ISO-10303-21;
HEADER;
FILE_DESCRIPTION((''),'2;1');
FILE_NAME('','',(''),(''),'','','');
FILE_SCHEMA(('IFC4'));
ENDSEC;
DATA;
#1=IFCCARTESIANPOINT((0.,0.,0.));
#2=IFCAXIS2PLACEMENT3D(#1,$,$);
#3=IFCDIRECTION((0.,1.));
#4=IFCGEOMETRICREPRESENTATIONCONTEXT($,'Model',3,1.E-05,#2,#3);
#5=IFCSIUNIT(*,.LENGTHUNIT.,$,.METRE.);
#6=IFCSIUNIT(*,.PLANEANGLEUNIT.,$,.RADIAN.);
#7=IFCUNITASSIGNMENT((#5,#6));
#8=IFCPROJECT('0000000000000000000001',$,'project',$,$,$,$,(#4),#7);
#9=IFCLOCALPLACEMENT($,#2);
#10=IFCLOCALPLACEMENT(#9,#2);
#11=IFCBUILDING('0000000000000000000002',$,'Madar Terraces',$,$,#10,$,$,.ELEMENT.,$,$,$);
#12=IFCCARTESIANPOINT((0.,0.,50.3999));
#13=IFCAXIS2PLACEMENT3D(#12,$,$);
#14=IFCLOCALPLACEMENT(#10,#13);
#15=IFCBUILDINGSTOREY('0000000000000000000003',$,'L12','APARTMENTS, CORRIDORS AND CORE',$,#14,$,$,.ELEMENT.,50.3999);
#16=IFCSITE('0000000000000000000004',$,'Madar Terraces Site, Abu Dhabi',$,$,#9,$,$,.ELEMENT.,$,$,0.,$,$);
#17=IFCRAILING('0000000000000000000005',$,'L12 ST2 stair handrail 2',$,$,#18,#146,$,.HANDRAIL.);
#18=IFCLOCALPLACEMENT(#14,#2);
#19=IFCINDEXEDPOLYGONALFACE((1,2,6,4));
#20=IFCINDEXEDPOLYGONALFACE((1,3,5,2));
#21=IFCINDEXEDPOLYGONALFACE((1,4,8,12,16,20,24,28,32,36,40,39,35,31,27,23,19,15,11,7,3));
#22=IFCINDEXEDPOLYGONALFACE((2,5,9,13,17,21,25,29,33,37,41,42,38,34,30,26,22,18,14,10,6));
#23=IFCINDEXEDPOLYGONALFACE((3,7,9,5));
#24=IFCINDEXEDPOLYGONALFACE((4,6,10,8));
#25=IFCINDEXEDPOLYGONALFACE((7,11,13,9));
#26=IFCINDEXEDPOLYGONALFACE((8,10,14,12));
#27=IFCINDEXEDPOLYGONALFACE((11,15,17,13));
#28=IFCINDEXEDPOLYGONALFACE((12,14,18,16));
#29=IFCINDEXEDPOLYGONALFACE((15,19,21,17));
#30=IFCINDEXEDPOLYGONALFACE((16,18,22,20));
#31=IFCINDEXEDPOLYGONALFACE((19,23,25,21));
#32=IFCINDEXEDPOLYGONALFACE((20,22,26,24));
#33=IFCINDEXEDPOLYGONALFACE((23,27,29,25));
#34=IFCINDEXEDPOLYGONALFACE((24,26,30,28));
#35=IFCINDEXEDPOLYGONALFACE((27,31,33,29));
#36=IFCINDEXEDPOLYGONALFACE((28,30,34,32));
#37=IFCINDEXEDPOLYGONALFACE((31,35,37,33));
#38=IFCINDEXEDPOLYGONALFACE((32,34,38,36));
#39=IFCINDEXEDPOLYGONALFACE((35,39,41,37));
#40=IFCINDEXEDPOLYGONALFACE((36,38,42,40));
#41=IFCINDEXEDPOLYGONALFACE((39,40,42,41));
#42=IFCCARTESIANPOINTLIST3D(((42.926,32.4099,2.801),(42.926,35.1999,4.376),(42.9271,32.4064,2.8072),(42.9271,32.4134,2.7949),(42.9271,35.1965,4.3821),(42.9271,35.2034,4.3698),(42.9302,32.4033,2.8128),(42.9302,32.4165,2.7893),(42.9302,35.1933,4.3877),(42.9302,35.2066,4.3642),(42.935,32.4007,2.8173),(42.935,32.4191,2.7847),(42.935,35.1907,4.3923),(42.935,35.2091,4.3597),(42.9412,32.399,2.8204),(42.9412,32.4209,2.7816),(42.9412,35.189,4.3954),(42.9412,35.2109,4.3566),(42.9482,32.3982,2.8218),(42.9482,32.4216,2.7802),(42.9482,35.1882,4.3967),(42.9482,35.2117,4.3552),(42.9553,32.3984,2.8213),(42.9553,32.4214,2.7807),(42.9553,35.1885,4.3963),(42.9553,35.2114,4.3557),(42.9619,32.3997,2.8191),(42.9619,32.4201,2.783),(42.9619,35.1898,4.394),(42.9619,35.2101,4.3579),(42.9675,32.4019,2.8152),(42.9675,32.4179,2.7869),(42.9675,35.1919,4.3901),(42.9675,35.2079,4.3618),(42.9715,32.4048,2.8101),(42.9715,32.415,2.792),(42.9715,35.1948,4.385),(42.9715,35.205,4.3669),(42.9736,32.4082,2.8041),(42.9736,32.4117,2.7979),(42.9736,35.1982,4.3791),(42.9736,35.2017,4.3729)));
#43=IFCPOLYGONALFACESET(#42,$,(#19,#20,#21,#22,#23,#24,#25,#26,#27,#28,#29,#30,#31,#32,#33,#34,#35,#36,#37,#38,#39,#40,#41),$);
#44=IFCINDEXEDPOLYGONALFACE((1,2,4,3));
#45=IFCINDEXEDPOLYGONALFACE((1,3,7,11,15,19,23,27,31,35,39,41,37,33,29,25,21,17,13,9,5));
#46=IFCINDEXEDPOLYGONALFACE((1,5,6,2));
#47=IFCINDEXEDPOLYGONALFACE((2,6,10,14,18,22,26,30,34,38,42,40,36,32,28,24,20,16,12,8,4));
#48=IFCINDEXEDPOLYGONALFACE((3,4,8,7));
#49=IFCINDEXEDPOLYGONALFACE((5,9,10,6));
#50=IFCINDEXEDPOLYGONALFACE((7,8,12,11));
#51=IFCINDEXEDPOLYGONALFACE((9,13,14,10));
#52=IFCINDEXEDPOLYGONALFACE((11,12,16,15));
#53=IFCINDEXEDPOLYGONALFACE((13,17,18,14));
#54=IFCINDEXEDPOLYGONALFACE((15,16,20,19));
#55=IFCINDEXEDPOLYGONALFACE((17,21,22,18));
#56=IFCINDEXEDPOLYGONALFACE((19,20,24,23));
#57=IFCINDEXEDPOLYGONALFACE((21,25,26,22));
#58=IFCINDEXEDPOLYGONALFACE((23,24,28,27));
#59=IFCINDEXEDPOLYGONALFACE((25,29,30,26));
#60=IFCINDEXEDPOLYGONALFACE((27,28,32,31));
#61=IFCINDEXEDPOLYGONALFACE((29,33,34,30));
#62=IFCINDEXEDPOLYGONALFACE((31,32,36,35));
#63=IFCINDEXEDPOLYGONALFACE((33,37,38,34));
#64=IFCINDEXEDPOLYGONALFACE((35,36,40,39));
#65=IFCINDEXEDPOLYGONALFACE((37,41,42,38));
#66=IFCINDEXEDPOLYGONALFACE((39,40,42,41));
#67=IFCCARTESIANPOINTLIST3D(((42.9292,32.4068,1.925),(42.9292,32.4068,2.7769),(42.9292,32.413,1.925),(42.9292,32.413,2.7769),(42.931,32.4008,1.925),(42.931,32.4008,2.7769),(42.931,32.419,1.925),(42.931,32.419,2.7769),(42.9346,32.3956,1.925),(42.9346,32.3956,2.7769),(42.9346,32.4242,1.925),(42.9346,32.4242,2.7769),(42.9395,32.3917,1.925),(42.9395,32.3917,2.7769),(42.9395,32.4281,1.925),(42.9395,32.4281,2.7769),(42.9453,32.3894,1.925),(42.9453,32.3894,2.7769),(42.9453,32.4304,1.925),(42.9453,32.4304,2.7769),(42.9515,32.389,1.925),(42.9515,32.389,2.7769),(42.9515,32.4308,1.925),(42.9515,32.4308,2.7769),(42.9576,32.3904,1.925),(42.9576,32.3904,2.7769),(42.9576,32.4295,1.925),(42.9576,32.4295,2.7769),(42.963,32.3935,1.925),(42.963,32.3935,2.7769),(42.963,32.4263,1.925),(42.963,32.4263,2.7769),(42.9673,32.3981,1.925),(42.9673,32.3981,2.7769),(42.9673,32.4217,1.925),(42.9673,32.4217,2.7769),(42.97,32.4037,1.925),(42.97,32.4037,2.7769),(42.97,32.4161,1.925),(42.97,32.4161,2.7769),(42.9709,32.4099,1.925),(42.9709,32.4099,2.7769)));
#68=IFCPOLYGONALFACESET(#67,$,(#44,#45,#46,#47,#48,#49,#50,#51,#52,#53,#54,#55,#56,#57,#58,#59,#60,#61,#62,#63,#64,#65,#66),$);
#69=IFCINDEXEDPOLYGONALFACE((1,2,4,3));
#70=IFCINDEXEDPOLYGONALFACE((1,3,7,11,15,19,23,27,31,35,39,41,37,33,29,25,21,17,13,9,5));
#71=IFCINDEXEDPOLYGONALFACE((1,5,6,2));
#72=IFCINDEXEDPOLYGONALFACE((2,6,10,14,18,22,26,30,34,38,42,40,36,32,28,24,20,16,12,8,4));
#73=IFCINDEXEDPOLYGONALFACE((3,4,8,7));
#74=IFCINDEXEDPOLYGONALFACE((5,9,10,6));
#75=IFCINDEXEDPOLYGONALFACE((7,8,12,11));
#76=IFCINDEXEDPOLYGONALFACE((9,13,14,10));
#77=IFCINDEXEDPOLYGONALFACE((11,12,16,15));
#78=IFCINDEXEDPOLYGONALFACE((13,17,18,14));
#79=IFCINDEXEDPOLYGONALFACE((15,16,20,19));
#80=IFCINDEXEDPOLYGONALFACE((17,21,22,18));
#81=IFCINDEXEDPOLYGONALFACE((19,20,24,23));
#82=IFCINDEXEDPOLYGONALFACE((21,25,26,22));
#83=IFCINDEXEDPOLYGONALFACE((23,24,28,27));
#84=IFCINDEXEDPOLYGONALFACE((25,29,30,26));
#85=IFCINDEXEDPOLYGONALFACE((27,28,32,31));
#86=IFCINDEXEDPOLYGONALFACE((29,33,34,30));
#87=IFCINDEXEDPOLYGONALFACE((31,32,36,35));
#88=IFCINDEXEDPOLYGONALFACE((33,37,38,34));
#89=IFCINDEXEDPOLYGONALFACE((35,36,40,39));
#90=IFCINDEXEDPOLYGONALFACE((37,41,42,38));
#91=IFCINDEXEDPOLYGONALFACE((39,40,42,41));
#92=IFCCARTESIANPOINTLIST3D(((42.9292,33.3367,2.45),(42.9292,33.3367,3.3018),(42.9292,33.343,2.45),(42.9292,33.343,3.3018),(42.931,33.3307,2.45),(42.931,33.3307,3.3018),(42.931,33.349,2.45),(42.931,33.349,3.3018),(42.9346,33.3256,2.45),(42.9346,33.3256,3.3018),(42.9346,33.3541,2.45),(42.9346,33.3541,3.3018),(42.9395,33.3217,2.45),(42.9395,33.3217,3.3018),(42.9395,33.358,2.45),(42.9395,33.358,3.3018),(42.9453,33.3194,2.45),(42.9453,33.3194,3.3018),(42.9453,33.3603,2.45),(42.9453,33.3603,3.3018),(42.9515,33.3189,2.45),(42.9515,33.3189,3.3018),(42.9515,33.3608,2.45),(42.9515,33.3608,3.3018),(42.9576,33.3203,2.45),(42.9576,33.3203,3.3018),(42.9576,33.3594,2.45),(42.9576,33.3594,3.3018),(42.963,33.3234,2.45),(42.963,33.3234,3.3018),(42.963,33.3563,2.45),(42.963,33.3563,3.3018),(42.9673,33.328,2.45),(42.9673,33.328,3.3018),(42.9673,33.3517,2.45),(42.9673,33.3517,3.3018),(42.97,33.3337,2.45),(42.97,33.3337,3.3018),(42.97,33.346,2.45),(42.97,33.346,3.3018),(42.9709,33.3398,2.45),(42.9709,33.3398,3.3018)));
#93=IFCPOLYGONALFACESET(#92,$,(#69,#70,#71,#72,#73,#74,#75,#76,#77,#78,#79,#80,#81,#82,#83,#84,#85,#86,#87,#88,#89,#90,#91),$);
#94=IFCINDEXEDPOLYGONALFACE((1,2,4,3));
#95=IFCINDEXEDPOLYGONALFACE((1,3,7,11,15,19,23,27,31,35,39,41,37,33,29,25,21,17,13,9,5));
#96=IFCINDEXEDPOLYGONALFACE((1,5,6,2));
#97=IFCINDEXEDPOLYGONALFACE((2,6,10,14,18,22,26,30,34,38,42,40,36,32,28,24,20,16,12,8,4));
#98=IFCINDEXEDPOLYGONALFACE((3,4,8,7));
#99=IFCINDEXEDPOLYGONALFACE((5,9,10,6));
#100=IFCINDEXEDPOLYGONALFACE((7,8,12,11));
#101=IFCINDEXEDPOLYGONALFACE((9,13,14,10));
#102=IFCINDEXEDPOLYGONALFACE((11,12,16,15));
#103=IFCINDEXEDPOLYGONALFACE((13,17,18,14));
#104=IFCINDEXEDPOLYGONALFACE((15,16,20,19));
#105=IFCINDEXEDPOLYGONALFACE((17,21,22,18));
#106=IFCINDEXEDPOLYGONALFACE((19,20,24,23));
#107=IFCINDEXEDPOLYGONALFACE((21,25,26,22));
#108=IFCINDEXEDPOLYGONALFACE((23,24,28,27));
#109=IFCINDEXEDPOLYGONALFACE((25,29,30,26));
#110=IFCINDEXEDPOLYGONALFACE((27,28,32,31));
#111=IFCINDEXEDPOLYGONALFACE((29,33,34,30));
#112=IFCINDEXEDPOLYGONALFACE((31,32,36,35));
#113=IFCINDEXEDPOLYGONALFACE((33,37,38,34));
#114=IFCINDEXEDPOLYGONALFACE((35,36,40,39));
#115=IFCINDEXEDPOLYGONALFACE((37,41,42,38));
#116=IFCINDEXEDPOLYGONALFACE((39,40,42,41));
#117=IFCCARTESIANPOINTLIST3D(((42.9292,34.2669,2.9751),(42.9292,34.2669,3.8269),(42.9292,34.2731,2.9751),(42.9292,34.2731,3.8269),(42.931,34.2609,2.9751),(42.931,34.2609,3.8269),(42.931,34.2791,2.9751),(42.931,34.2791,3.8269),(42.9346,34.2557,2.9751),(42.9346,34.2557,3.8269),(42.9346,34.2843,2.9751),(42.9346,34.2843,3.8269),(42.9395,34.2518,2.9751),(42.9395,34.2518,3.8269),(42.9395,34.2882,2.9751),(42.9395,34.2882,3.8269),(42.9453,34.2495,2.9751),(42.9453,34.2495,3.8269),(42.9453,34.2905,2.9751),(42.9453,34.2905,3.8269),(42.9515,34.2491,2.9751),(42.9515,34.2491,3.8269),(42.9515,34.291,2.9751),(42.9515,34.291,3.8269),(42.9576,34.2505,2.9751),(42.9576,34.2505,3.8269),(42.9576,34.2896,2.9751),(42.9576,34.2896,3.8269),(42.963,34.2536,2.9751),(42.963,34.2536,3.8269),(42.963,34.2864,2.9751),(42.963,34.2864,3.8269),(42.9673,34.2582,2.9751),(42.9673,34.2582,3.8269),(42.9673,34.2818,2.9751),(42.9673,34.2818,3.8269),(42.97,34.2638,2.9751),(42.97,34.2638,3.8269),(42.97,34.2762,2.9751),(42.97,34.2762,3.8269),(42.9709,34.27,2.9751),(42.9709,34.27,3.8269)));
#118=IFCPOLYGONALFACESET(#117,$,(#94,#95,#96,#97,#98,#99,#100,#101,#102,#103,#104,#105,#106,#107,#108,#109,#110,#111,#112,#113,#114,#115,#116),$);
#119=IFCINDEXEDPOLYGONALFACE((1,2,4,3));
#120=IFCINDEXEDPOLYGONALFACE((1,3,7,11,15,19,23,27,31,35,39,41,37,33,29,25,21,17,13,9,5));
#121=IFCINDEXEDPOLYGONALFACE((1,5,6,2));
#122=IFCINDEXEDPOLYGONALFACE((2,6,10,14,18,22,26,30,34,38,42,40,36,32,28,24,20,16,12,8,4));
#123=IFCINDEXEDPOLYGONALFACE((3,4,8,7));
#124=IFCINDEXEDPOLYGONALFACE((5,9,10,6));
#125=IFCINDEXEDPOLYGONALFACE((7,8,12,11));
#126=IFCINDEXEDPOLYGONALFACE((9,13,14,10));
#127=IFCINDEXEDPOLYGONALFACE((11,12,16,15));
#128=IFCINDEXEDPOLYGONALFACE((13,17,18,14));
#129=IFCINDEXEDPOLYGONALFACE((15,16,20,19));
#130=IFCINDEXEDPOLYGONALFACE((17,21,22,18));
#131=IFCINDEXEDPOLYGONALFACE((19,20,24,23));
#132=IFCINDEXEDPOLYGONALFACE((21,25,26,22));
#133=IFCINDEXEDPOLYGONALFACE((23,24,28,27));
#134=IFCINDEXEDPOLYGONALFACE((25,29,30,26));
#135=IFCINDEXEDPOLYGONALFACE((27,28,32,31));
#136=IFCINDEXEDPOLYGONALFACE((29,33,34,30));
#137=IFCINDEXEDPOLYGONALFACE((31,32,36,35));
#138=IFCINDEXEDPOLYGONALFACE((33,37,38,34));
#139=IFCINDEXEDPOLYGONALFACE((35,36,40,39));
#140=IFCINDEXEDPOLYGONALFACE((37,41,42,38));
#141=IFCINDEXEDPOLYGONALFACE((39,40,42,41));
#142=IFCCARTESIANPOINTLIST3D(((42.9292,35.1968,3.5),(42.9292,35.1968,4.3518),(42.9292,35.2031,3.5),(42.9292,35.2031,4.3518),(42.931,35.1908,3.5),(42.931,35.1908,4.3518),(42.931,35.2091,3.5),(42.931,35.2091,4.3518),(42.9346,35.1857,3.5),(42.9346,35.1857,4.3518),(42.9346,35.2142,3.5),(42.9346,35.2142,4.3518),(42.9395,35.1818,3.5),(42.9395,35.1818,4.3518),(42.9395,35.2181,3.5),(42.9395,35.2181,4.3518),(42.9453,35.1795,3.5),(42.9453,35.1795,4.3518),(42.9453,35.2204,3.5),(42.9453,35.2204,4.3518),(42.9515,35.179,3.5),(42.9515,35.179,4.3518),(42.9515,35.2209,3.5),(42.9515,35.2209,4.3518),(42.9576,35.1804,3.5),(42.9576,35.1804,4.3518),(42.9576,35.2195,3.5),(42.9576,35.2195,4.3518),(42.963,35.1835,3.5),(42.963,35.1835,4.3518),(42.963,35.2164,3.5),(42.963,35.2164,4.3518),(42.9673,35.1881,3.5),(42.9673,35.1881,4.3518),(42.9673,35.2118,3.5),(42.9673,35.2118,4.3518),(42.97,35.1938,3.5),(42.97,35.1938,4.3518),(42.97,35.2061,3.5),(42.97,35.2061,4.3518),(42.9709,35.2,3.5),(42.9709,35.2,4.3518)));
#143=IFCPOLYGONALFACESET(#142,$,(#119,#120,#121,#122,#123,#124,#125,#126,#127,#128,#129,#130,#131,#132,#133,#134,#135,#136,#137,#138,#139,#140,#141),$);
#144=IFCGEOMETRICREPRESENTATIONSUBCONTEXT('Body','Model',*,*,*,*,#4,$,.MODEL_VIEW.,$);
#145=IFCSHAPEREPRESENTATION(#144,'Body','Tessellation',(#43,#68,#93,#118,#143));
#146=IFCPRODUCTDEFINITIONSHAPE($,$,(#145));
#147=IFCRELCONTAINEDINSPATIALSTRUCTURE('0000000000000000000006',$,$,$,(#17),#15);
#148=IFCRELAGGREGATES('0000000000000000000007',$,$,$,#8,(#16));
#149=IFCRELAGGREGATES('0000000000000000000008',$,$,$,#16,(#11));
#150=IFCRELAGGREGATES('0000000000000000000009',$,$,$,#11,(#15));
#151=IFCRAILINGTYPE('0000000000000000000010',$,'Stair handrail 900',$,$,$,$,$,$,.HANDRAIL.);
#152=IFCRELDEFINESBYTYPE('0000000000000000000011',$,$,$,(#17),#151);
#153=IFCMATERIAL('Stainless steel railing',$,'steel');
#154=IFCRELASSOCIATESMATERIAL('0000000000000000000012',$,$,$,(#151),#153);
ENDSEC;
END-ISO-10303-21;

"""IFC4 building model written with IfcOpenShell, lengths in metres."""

from ifc_helpers import new_model, si_unit, direction, frame, origin, origin_2d, place, context, subcontext, project, spatial, circle, extrude, material, type_object, element, save


model = new_model("IFC4")

# Units and contexts
model_context = context("Model", 3, precision=1e-05, world=origin(), true_north=direction((0.0, 1.0)))
body_context = subcontext(model_context, "Body", "Model", "MODEL_VIEW")
ifc_project = project(units=[si_unit("LENGTHUNIT", "METRE"), si_unit("PLANEANGLEUNIT", "RADIAN")], contexts=[model_context])

# Site, building, storey
site_placement = place(None, origin())
site = spatial("IfcSite", under=ifc_project, at=site_placement, Name="Madar Terraces Site, Abu Dhabi", CompositionType="ELEMENT", RefElevation=0.0)
building_placement = place(site_placement, origin())
building = spatial("IfcBuilding", under=site, at=building_placement, Name="Madar Terraces", CompositionType="ELEMENT")
storey_placement = place(building_placement, frame((0.0, 0.0, 50.3999)))
storey = spatial("IfcBuildingStorey", under=building, at=storey_placement, Name="L12", Description="APARTMENTS, CORRIDORS AND CORE", CompositionType="ELEMENT", Elevation=50.3999)

# Railing
ifc_material_1 = material(Name="Stainless steel railing", Category="steel")
railing_type_1 = type_object("IfcRailingType", Name="Stair handrail 900", PredefinedType="HANDRAIL", material=ifc_material_1)
railing_1_placement = place(storey_placement, frame((42.95, 32.4099, 1.925)))
element("IfcRailing", 1, at=railing_1_placement, inside=storey, type_object=railing_type_1, Name="L12 ST2 stair handrail 2", PredefinedType="HANDRAIL", context=body_context, shape_type="SweptSolid", body=[
    extrude(circle(Radius=0.0239, at=origin_2d()), frame((0.0, 0.0, 0.876), z_axis=(0.0, 0.870834, 0.491578), x_axis=(-1.0, 0.0, 0.0)), (0.0, 0.0, 1.0), 3.2039),
    extrude(circle(Radius=0.021, at=origin_2d()), origin(), (0.0, 0.0, 1.0), 0.8518),
    extrude(circle(Radius=0.021, at=origin_2d()), frame((0.0, 0.9299, 0.5249)), (0.0, 0.0, 1.0), 0.8518),
    extrude(circle(Radius=0.021, at=origin_2d()), frame((0.0, 1.8601, 1.05)), (0.0, 0.0, 1.0), 0.8518),
    extrude(circle(Radius=0.021, at=origin_2d()), frame((0.0, 2.79, 1.575)), (0.0, 0.0, 1.0), 0.8518),
])

save(model, "model.ifc")
